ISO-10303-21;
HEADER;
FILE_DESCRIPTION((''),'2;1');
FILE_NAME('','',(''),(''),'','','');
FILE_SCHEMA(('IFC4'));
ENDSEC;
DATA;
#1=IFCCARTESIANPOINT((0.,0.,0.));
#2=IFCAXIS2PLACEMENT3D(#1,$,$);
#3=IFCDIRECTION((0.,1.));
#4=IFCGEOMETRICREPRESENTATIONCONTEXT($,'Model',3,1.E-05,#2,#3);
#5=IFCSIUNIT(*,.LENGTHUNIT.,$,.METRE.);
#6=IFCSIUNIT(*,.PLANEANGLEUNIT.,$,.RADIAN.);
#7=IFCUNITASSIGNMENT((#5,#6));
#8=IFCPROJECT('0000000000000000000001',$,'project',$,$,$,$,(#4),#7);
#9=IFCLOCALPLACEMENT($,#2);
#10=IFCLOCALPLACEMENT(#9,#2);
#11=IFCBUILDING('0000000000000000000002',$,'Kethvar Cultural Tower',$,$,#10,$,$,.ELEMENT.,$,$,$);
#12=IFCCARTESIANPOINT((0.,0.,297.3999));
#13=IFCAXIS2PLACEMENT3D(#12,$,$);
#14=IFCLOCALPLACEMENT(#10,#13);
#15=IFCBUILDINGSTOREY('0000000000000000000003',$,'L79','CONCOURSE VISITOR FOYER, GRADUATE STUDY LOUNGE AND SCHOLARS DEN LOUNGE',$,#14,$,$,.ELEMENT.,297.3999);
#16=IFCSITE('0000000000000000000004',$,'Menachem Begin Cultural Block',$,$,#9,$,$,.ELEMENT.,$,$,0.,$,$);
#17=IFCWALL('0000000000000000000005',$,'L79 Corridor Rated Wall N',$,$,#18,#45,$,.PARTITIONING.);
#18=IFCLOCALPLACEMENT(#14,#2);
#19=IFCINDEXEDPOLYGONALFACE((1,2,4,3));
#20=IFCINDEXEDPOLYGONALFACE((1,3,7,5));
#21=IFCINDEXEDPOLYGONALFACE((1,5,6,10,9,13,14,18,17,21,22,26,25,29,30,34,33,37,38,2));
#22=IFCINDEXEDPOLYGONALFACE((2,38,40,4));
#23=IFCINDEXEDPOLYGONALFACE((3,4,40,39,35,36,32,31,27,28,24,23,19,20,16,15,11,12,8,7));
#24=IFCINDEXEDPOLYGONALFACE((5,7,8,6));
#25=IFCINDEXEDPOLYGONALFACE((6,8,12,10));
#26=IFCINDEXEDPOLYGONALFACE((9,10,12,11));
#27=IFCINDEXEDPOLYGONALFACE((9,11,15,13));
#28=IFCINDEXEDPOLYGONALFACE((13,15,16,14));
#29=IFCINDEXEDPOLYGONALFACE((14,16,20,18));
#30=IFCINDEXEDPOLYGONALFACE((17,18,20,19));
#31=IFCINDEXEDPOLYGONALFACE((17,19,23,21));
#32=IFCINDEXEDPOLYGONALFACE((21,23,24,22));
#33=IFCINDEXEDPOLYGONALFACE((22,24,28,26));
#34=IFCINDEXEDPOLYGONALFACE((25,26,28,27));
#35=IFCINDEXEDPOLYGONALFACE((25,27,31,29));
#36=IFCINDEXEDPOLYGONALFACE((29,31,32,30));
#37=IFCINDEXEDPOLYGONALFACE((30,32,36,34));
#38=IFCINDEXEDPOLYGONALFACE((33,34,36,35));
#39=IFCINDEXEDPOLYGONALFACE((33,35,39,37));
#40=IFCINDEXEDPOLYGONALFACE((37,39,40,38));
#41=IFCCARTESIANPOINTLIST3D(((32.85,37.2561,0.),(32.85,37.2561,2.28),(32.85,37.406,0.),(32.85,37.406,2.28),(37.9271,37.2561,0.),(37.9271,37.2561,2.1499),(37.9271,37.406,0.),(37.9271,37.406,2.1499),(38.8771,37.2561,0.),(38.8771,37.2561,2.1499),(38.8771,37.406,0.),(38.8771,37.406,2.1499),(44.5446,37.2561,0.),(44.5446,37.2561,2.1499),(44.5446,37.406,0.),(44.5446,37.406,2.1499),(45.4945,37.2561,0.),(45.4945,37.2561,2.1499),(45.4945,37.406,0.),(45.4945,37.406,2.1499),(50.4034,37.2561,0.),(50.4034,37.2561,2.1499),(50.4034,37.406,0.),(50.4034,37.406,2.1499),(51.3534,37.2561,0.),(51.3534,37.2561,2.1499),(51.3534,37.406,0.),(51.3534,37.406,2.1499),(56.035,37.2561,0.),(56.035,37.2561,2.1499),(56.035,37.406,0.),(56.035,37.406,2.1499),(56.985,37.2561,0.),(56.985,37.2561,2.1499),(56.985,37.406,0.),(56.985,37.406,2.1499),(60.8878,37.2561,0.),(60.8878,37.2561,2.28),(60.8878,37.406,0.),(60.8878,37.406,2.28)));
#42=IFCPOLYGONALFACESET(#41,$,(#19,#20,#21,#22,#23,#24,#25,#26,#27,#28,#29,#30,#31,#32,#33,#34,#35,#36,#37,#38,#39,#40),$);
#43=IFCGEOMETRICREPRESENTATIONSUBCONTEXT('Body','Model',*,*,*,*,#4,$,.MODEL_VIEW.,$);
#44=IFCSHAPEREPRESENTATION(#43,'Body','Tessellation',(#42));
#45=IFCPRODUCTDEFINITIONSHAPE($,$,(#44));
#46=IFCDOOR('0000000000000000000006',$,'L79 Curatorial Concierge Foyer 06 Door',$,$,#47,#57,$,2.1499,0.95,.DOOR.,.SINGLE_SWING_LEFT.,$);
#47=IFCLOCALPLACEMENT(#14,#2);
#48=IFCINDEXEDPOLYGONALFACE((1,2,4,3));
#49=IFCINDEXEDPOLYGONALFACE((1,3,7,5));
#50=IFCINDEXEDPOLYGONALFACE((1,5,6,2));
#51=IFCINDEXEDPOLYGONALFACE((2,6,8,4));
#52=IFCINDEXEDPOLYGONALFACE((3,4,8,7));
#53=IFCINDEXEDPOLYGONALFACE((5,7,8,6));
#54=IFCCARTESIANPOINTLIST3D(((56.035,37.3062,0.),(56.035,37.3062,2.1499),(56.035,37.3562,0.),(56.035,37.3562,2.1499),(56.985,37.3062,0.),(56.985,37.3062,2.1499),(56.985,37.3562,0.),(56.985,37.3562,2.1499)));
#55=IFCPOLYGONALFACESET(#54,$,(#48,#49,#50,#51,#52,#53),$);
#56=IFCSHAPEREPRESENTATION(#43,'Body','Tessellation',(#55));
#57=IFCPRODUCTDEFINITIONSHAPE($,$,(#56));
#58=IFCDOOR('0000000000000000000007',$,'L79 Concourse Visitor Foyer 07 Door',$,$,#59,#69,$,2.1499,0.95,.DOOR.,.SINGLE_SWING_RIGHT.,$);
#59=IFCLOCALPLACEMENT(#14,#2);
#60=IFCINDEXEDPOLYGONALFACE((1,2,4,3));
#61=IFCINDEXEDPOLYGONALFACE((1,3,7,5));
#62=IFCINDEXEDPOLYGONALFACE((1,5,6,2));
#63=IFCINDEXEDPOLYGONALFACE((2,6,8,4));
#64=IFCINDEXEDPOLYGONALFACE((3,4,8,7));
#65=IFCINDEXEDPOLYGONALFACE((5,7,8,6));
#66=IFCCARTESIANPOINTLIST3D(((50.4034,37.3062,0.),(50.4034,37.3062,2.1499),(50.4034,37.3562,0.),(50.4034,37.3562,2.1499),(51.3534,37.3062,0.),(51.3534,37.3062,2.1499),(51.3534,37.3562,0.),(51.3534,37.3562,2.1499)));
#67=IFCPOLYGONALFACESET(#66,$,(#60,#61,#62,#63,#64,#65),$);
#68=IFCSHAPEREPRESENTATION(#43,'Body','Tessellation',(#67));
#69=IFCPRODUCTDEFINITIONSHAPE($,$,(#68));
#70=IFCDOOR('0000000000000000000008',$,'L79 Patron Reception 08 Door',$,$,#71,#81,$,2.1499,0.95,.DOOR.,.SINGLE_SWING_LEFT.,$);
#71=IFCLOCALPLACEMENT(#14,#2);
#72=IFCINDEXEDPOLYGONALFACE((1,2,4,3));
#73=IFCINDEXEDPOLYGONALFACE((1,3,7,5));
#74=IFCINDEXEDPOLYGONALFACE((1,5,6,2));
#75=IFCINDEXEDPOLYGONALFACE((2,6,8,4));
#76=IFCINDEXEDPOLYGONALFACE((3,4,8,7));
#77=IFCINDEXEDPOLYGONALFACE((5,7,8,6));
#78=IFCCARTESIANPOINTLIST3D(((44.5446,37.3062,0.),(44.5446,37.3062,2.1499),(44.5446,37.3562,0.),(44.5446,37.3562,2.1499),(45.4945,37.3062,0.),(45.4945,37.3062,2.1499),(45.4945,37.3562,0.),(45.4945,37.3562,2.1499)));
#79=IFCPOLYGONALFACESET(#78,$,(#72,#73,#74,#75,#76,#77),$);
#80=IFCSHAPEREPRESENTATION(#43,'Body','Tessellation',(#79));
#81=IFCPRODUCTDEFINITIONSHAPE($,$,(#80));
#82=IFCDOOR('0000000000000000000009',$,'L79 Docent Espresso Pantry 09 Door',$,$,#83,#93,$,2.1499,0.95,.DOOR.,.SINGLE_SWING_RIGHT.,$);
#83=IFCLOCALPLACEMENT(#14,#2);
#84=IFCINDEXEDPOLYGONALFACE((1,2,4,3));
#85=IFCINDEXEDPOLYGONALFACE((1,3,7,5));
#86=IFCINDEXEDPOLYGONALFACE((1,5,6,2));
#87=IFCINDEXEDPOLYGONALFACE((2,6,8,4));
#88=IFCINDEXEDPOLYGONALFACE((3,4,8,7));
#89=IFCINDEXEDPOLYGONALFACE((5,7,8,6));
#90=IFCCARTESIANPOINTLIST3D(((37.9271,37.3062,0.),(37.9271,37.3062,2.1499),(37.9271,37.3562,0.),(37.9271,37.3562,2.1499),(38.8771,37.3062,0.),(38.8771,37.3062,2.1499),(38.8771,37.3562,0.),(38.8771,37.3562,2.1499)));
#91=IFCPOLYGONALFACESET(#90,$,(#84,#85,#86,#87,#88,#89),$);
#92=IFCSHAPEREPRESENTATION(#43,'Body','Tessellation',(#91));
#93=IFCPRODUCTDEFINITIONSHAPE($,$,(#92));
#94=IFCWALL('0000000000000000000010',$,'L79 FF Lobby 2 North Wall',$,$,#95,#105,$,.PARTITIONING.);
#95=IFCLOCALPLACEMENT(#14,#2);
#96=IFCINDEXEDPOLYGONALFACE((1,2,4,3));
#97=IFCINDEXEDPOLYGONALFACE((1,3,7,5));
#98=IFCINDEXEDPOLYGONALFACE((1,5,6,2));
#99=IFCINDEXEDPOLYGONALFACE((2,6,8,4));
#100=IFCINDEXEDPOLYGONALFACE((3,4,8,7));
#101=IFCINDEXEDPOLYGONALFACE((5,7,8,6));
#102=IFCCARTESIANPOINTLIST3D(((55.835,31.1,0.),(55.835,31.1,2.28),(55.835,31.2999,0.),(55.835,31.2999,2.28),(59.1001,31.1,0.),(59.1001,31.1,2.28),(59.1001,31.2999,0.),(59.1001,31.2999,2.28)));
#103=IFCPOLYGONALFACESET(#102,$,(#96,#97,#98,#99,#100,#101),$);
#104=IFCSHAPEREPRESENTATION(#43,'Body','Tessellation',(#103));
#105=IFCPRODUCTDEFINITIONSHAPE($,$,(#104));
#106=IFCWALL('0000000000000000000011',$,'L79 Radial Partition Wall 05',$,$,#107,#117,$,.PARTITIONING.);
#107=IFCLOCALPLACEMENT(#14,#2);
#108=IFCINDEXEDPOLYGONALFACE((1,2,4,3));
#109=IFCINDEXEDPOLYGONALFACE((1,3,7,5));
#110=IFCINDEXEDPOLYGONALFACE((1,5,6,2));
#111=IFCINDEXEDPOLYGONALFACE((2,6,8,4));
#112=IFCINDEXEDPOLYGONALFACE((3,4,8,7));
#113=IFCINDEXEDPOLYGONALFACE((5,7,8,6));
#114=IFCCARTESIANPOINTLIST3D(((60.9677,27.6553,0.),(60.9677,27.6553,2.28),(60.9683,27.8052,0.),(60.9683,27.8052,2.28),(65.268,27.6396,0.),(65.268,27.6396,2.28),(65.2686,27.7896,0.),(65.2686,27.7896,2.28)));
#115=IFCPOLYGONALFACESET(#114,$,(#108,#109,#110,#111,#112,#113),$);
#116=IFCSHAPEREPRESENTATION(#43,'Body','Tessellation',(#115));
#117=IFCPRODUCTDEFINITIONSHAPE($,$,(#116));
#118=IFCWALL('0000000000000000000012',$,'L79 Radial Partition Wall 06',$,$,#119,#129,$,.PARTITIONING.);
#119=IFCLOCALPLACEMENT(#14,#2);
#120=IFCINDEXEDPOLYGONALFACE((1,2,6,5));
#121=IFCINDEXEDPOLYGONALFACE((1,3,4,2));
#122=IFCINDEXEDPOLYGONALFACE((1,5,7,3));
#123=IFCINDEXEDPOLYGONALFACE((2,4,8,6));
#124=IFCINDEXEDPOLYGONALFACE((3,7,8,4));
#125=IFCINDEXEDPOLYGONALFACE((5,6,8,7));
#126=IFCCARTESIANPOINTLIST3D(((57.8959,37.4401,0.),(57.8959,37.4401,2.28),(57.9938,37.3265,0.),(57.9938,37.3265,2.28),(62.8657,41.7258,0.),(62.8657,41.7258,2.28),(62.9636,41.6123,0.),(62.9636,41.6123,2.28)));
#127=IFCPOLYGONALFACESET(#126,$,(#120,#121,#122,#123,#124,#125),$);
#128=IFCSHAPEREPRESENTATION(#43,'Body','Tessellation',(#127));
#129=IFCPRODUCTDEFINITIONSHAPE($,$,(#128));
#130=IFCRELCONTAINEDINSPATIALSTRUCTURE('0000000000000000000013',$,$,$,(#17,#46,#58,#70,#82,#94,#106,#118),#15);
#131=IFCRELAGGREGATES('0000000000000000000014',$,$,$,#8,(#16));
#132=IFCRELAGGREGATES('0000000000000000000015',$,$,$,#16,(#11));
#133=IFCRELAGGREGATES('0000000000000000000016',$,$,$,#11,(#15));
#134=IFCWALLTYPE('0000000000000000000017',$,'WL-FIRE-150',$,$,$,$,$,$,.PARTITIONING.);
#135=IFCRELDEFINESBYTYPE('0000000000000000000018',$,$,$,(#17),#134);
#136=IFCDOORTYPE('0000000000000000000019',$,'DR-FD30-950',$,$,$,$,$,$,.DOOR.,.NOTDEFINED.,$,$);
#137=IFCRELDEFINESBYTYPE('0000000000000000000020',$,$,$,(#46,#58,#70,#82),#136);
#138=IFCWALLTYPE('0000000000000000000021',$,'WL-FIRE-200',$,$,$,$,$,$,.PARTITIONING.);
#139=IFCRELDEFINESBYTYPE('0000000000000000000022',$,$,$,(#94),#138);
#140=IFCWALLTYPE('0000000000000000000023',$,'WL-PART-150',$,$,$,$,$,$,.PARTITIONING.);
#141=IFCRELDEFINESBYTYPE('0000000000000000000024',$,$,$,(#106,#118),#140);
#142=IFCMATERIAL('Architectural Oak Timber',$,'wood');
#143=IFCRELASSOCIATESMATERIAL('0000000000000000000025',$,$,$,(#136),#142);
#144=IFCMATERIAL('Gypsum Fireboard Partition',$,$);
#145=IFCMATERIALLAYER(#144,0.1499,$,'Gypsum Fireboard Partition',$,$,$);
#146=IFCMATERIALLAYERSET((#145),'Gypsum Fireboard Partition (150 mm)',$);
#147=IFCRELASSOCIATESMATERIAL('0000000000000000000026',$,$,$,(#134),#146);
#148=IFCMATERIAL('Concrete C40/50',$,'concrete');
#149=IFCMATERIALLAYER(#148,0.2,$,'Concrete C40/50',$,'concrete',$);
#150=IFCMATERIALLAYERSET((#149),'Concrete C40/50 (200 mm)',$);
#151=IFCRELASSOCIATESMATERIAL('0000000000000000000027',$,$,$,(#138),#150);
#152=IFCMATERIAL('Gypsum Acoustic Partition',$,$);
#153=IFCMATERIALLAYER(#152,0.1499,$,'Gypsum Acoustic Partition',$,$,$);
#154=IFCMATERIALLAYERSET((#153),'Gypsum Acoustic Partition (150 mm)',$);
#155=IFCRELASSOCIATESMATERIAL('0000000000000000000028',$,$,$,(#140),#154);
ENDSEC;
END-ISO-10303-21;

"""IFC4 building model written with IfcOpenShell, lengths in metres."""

from ifc_helpers import new_model, si_unit, direction, frame, frame_2d, origin, place, context, subcontext, project, spatial, rectangle, extrude, source, transform, mapped, material, layer, layer_set, type_object, element, fill, save


model = new_model("IFC4")

# Units and contexts
model_context = context("Model", 3, precision=1e-05, world=origin(), true_north=direction((0.0, 1.0)))
body_context = subcontext(model_context, "Body", "Model", "MODEL_VIEW")
ifc_project = project(units=[si_unit("LENGTHUNIT", "METRE"), si_unit("PLANEANGLEUNIT", "RADIAN")], contexts=[model_context])

# Site, building, storey
site_placement = place(None, origin())
site = spatial("IfcSite", under=ifc_project, at=site_placement, Name="Menachem Begin Cultural Block", CompositionType="ELEMENT", RefElevation=0.0)
building_placement = place(site_placement, origin())
building = spatial("IfcBuilding", under=site, at=building_placement, Name="Kethvar Cultural Tower", CompositionType="ELEMENT")
storey_placement = place(building_placement, frame((0.0, 0.0, 297.3999)))
storey = spatial("IfcBuildingStorey", under=building, at=storey_placement, Name="L79", Description="CONCOURSE VISITOR FOYER, GRADUATE STUDY LOUNGE AND SCHOLARS DEN LOUNGE", CompositionType="ELEMENT", Elevation=297.3999)

# Wall, openings, doors
ifc_material_1 = material(Name="Architectural Oak Timber", Category="wood")
door_type_1 = type_object("IfcDoorType", Name="DR-FD30-950", OperationType="NOTDEFINED", PredefinedType="DOOR", material=ifc_material_1)
shared_shape_1 = source(origin(), body_context, "Body", "SweptSolid", [
    extrude(rectangle(XDim=0.95, YDim=2.1499, at=frame_2d((0.4751, 1.075))), frame((0.0, 0.0249, 0.0), z_axis=(0.0, -1.0, 0.0), x_axis=(1.0, 0.0, 0.0)), (0.0, 0.0, 1.0), 0.05),
])
ifc_material_2 = material(Name="Gypsum Fireboard Partition")
ifc_layer_1 = layer(ifc_material_2, 0.1499, Name="Gypsum Fireboard Partition")
ifc_layer_set_1 = layer_set([ifc_layer_1], Name="Gypsum Fireboard Partition (150 mm)")
wall_type_1 = type_object("IfcWallType", Name="WL-FIRE-150", PredefinedType="PARTITIONING", material=ifc_layer_set_1)
wall_1_placement = place(storey_placement, frame((60.8879, 37.3311, 0.0), z_axis=(0.0, 0.0, 1.0), x_axis=(-1.0, 0.0, 0.0)))
wall_1 = element("IfcWall", 1, at=wall_1_placement, inside=storey, type_object=wall_type_1, Name="L79 Corridor Rated Wall N", PredefinedType="PARTITIONING", context=body_context, shape_type="SweptSolid", body=[
    extrude(rectangle(XDim=28.0378, YDim=0.1499, at=frame_2d((14.019, 0.0))), origin(), (0.0, 0.0, 1.0), 2.28),
])
opening_1_placement = place(wall_1_placement, frame((3.9028, 0.0, 0.0)))
opening_1 = element("IfcOpeningElement", 2, at=opening_1_placement, cuts=wall_1, PredefinedType="OPENING", context=body_context, shape_type="SweptSolid", body=[
    extrude(rectangle(XDim=0.95, YDim=2.1499, at=frame_2d((0.4751, 1.075))), frame((0.0, 0.085, 0.0), z_axis=(0.0, -1.0, 0.0), x_axis=(1.0, 0.0, 0.0)), (0.0, 0.0, 1.0), 0.1699),
])
opening_2_placement = place(wall_1_placement, frame((9.5344, 0.0, 0.0)))
opening_2 = element("IfcOpeningElement", 3, at=opening_2_placement, cuts=wall_1, PredefinedType="OPENING", context=body_context, shape_type="SweptSolid", body=[
    extrude(rectangle(XDim=0.95, YDim=2.1499, at=frame_2d((0.4751, 1.075))), frame((0.0, 0.085, 0.0), z_axis=(0.0, -1.0, 0.0), x_axis=(1.0, 0.0, 0.0)), (0.0, 0.0, 1.0), 0.1699),
])
opening_3_placement = place(wall_1_placement, frame((15.3933, 0.0, 0.0)))
opening_3 = element("IfcOpeningElement", 4, at=opening_3_placement, cuts=wall_1, PredefinedType="OPENING", context=body_context, shape_type="SweptSolid", body=[
    extrude(rectangle(XDim=0.95, YDim=2.1499, at=frame_2d((0.4751, 1.075))), frame((0.0, 0.085, 0.0), z_axis=(0.0, -1.0, 0.0), x_axis=(1.0, 0.0, 0.0)), (0.0, 0.0, 1.0), 0.1699),
])
opening_4_placement = place(wall_1_placement, frame((22.0107, 0.0, 0.0)))
opening_4 = element("IfcOpeningElement", 5, at=opening_4_placement, cuts=wall_1, PredefinedType="OPENING", context=body_context, shape_type="SweptSolid", body=[
    extrude(rectangle(XDim=0.95, YDim=2.1499, at=frame_2d((0.4751, 1.075))), frame((0.0, 0.085, 0.0), z_axis=(0.0, -1.0, 0.0), x_axis=(1.0, 0.0, 0.0)), (0.0, 0.0, 1.0), 0.1699),
])
door_1_placement = place(opening_1_placement, origin())
door_1 = element("IfcDoor", 6, at=door_1_placement, inside=storey, type_object=door_type_1, Name="L79 Curatorial Concierge Foyer 06 Door", OperationType="SINGLE_SWING_LEFT", OverallHeight=2.1499, OverallWidth=0.95, PredefinedType="DOOR", context=body_context, shape_type="MappedRepresentation", body=[
    mapped(shared_shape_1, transform((0.0, 0.0, 0.0), scale=1.0)),
])
fill(opening_1, door_1)
door_2_placement = place(opening_2_placement, origin())
door_2 = element("IfcDoor", 7, at=door_2_placement, inside=storey, type_object=door_type_1, Name="L79 Concourse Visitor Foyer 07 Door", OperationType="SINGLE_SWING_RIGHT", OverallHeight=2.1499, OverallWidth=0.95, PredefinedType="DOOR", context=body_context, shape_type="MappedRepresentation", body=[
    mapped(shared_shape_1, transform((0.0, 0.0, 0.0), scale=1.0)),
])
fill(opening_2, door_2)
door_3_placement = place(opening_3_placement, origin())
door_3 = element("IfcDoor", 8, at=door_3_placement, inside=storey, type_object=door_type_1, Name="L79 Patron Reception 08 Door", OperationType="SINGLE_SWING_LEFT", OverallHeight=2.1499, OverallWidth=0.95, PredefinedType="DOOR", context=body_context, shape_type="MappedRepresentation", body=[
    mapped(shared_shape_1, transform((0.0, 0.0, 0.0), scale=1.0)),
])
fill(opening_3, door_3)
door_4_placement = place(opening_4_placement, origin())
door_4 = element("IfcDoor", 9, at=door_4_placement, inside=storey, type_object=door_type_1, Name="L79 Docent Espresso Pantry 09 Door", OperationType="SINGLE_SWING_RIGHT", OverallHeight=2.1499, OverallWidth=0.95, PredefinedType="DOOR", context=body_context, shape_type="MappedRepresentation", body=[
    mapped(shared_shape_1, transform((0.0, 0.0, 0.0), scale=1.0)),
])
fill(opening_4, door_4)

# Walls
ifc_material_3 = material(Name="Concrete C40/50", Category="concrete")
ifc_layer_2 = layer(ifc_material_3, 0.2, Name="Concrete C40/50", Category="concrete")
ifc_layer_set_2 = layer_set([ifc_layer_2], Name="Concrete C40/50 (200 mm)")
wall_type_2 = type_object("IfcWallType", Name="WL-FIRE-200", PredefinedType="PARTITIONING", material=ifc_layer_set_2)
wall_2_placement = place(storey_placement, frame((55.835, 31.2, 0.0), z_axis=(0.0, 0.0, 1.0), x_axis=(1.0, 0.0, 0.0)))
element("IfcWall", 10, at=wall_2_placement, inside=storey, type_object=wall_type_2, Name="L79 FF Lobby 2 North Wall", PredefinedType="PARTITIONING", context=body_context, shape_type="SweptSolid", body=[
    extrude(rectangle(XDim=3.2651, YDim=0.2, at=frame_2d((1.6326, 0.0))), origin(), (0.0, 0.0, 1.0), 2.28),
])
ifc_material_4 = material(Name="Gypsum Acoustic Partition")
ifc_layer_3 = layer(ifc_material_4, 0.1499, Name="Gypsum Acoustic Partition")
ifc_layer_set_3 = layer_set([ifc_layer_3], Name="Gypsum Acoustic Partition (150 mm)")
wall_type_3 = type_object("IfcWallType", Name="WL-PART-150", PredefinedType="PARTITIONING", material=ifc_layer_set_3)
wall_3_placement = place(storey_placement, frame((60.968, 27.7302, 0.0), z_axis=(0.0, 0.0, 1.0), x_axis=(0.999993, -0.003633, 0.0)))
element("IfcWall", 11, at=wall_3_placement, inside=storey, type_object=wall_type_3, Name="L79 Radial Partition Wall 05", PredefinedType="PARTITIONING", context=body_context, shape_type="SweptSolid", body=[
    extrude(rectangle(XDim=4.3003, YDim=0.1499, at=frame_2d((2.1501, 0.0))), origin(), (0.0, 0.0, 1.0), 2.28),
])
wall_4_placement = place(storey_placement, frame((57.9448, 37.3833, 0.0), z_axis=(0.0, 0.0, 1.0), x_axis=(0.757305, 0.653062, 0.0)))
element("IfcWall", 12, at=wall_4_placement, inside=storey, type_object=wall_type_3, Name="L79 Radial Partition Wall 06", PredefinedType="PARTITIONING", context=body_context, shape_type="SweptSolid", body=[
    extrude(rectangle(XDim=6.5625, YDim=0.1499, at=frame_2d((3.2812, 0.0))), origin(), (0.0, 0.0, 1.0), 2.28),
])

save(model, "model.ifc")
